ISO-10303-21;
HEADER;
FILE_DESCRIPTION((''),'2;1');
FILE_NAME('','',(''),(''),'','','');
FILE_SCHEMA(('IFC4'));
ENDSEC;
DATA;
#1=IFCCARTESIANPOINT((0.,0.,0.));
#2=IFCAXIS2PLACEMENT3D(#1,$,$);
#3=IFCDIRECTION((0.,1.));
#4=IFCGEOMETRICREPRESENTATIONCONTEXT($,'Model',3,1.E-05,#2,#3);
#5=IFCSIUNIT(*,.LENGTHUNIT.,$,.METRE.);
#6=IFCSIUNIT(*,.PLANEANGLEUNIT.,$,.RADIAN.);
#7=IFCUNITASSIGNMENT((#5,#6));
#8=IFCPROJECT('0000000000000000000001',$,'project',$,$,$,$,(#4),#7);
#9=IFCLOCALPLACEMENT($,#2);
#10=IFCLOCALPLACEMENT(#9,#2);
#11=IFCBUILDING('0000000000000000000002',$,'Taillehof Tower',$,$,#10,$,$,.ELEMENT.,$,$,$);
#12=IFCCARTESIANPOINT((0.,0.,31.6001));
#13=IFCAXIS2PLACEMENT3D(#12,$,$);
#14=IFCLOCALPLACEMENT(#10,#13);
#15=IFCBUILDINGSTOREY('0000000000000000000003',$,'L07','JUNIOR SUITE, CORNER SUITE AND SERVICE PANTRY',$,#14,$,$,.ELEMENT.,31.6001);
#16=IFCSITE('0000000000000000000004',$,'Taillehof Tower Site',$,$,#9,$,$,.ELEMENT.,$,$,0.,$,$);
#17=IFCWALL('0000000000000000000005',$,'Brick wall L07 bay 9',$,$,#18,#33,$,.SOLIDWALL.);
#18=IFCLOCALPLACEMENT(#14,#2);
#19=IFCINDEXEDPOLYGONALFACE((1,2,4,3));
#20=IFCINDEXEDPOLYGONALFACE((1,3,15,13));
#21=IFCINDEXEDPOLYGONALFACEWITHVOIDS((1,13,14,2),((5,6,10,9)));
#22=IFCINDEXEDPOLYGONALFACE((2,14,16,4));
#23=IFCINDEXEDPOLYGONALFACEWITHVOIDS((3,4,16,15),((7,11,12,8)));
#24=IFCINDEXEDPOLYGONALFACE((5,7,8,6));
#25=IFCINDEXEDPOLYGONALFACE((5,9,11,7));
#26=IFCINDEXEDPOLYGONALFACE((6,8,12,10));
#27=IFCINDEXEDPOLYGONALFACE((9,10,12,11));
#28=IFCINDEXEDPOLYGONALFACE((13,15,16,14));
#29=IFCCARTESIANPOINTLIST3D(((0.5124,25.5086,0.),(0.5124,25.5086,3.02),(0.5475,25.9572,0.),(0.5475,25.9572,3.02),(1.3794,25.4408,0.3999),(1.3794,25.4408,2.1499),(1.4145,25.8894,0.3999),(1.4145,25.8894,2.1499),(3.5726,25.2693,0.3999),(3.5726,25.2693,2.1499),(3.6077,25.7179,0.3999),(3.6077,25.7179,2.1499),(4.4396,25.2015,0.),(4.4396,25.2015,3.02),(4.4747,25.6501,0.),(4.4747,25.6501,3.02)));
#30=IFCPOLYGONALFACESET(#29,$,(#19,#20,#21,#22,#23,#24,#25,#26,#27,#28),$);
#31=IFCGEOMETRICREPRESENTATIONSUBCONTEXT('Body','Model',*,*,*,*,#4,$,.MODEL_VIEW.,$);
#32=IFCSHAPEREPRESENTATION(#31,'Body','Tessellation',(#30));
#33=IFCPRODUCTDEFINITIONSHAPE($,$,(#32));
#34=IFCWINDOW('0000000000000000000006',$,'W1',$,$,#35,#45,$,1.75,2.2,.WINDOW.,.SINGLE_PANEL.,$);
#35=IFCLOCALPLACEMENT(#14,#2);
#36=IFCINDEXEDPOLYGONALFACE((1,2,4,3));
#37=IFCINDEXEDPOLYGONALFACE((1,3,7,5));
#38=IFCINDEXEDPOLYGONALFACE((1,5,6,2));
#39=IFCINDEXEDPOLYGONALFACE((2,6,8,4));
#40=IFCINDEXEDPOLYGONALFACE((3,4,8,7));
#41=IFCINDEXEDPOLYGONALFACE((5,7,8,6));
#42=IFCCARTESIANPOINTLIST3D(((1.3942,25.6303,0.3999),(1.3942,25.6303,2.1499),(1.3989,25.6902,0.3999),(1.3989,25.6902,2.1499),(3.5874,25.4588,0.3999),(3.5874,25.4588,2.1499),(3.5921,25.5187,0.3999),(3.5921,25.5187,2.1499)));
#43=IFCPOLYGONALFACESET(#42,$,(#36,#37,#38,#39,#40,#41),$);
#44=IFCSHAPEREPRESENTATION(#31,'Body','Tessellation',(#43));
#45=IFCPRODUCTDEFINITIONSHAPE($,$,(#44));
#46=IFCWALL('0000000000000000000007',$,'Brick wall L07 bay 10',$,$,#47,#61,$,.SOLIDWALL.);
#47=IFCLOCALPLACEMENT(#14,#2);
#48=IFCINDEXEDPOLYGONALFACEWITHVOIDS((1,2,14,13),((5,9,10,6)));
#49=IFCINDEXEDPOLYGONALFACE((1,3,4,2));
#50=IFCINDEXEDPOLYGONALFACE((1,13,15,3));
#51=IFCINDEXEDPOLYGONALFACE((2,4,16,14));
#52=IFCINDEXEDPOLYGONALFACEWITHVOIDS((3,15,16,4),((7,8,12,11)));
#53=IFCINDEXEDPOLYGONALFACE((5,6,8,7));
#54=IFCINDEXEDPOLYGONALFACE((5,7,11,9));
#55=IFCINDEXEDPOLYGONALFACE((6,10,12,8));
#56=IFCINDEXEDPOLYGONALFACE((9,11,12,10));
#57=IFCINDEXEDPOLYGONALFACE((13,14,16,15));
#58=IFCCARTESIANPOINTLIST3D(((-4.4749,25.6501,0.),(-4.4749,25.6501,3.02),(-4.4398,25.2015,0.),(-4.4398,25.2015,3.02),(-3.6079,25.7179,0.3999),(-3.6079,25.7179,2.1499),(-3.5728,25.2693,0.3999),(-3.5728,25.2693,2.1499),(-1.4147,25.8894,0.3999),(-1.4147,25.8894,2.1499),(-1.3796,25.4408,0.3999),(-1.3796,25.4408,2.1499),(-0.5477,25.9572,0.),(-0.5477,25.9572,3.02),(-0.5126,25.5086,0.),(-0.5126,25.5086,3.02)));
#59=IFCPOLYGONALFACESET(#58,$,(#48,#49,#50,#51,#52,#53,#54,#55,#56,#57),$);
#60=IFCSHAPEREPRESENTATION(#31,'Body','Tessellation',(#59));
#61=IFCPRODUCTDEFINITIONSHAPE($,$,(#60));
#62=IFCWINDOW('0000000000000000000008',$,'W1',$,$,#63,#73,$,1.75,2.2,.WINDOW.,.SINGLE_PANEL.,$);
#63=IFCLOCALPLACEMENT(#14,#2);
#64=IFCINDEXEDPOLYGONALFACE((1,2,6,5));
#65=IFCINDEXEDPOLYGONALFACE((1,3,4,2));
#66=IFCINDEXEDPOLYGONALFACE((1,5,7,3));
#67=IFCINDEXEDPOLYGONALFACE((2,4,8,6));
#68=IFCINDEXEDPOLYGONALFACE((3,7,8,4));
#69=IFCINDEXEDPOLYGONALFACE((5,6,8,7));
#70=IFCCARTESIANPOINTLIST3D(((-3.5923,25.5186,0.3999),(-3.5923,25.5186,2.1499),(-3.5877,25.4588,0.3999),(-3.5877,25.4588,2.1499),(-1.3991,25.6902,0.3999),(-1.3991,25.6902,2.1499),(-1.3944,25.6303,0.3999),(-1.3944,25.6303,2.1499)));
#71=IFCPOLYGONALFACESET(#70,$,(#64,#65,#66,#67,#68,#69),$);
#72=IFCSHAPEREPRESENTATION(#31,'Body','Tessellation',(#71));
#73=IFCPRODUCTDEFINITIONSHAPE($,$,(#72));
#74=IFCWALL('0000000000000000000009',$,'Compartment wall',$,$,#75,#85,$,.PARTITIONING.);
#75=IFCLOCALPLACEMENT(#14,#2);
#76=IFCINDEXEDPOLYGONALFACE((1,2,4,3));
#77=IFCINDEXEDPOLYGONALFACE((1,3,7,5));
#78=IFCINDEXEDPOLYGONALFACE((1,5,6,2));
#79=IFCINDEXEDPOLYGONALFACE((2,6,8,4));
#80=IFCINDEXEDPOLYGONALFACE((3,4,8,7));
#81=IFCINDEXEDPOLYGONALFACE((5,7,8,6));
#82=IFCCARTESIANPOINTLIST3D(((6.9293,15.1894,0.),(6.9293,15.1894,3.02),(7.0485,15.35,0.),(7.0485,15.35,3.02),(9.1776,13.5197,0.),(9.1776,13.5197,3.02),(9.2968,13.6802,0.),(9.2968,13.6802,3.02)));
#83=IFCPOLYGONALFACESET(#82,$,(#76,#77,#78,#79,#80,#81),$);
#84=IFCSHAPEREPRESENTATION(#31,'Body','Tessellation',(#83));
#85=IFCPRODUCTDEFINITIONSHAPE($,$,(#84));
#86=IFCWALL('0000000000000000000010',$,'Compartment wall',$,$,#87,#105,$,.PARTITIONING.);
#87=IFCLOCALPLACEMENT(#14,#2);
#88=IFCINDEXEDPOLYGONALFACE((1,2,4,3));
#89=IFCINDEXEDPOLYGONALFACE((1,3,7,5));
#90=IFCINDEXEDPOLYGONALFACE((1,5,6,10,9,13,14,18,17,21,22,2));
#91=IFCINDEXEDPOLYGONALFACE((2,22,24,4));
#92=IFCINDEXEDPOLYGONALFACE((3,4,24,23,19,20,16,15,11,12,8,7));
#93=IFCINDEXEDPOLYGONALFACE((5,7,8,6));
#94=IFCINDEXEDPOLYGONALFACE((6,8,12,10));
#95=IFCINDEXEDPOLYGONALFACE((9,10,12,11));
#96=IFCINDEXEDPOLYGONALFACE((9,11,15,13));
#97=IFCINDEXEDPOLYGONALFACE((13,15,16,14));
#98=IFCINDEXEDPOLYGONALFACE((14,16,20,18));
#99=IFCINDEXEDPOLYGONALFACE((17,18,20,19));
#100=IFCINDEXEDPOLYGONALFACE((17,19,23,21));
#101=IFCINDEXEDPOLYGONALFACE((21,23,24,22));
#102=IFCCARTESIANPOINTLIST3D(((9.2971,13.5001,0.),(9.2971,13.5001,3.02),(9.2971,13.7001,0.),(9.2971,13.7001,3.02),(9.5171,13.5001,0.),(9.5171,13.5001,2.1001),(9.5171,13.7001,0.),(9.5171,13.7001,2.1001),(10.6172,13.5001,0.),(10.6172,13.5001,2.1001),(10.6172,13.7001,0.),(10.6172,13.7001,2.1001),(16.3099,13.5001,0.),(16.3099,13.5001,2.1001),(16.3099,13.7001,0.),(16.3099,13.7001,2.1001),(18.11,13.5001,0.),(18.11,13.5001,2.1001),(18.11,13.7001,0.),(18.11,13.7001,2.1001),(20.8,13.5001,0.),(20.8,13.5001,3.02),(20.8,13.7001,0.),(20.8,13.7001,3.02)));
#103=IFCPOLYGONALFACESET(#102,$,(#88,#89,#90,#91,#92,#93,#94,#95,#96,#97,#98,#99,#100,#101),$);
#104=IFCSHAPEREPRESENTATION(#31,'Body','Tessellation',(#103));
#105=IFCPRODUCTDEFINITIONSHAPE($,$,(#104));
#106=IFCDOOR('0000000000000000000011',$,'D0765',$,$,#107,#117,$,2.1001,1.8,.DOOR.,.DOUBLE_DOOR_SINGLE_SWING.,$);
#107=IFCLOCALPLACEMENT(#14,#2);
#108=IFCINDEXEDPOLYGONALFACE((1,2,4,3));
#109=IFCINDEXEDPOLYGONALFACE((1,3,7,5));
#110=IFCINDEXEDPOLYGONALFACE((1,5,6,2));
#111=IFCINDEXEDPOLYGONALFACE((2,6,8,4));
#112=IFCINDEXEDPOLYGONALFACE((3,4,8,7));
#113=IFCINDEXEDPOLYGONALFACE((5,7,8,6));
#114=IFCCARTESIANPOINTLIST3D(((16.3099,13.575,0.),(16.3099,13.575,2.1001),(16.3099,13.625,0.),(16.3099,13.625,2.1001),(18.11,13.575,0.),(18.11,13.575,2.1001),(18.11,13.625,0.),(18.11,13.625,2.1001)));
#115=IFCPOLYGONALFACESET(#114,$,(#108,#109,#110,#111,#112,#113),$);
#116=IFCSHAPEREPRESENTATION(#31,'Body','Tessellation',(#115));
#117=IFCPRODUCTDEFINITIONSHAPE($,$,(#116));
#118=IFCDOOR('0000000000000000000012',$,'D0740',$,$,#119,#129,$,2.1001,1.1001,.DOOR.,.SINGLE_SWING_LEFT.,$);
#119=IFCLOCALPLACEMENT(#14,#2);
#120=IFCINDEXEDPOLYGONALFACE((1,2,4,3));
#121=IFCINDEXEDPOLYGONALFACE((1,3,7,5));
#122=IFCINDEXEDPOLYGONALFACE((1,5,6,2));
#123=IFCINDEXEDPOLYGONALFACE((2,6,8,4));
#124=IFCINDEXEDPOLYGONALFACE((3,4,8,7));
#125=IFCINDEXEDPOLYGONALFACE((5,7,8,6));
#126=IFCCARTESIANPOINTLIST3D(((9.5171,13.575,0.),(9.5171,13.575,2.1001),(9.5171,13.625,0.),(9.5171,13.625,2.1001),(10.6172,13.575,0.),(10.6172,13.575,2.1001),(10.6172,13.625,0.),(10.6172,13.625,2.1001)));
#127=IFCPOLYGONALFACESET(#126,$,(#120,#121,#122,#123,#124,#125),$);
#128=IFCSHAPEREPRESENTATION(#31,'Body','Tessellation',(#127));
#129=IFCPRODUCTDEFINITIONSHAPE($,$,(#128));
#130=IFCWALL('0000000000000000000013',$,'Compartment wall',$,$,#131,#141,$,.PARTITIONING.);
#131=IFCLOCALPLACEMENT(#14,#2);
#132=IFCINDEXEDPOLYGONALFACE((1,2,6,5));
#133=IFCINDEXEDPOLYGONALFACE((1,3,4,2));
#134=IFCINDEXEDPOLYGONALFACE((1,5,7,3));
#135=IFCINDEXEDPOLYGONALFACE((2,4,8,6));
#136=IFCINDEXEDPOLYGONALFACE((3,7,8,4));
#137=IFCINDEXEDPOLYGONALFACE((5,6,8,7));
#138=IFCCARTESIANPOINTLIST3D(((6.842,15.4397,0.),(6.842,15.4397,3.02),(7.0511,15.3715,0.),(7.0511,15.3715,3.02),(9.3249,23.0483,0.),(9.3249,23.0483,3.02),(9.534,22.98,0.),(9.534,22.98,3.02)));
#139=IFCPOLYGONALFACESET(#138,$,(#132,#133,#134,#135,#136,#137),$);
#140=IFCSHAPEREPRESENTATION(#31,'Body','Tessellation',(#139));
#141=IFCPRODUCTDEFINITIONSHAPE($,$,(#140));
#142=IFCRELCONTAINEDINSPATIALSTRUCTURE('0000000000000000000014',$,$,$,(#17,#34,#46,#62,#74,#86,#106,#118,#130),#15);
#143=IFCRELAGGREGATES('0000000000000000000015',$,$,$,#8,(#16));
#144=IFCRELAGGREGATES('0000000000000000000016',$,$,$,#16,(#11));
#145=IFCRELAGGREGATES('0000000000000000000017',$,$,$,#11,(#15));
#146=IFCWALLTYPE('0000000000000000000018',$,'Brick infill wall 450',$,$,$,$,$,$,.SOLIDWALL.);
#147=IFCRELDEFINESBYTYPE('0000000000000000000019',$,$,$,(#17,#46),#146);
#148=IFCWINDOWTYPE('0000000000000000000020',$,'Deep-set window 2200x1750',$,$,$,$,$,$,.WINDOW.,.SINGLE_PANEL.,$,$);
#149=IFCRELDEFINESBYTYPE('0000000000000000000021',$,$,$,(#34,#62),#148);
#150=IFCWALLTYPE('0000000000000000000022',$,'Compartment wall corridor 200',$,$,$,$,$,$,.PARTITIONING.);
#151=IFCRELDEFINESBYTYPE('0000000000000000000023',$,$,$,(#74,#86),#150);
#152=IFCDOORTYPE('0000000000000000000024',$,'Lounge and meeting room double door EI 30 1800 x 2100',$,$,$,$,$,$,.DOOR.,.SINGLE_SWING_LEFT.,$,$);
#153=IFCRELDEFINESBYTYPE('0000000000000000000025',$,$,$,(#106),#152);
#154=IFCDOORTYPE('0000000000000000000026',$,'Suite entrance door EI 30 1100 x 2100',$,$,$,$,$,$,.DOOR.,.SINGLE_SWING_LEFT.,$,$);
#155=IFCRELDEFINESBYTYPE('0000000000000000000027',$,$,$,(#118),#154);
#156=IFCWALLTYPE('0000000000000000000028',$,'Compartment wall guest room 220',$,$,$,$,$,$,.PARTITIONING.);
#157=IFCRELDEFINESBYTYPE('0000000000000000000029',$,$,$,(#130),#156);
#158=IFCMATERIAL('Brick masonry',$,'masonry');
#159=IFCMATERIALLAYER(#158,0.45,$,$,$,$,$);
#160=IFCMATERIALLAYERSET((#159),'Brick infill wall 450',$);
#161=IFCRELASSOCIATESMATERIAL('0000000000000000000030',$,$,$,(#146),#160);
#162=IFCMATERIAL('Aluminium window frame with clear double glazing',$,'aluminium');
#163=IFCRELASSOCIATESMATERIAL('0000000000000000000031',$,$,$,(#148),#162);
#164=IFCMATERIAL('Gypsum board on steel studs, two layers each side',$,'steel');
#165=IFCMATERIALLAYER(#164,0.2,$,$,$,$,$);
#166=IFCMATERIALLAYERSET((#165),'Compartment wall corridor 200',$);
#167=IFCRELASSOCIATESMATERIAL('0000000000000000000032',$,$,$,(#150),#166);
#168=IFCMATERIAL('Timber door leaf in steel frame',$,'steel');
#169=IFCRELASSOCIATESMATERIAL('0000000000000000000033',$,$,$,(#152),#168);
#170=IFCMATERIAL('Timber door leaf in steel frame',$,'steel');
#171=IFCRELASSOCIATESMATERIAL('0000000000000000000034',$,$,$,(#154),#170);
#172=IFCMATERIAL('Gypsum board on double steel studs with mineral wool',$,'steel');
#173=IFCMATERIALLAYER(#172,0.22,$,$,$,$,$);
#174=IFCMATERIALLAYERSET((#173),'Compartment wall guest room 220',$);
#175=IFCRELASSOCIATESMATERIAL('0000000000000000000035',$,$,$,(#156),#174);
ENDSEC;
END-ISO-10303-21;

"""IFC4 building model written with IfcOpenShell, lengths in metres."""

from ifc_helpers import new_model, si_unit, direction, frame, frame_2d, origin, place, context, subcontext, project, spatial, rectangle, extrude, material, layer, layer_set, type_object, element, fill, save


model = new_model("IFC4")

# Units and contexts
model_context = context("Model", 3, precision=1e-05, world=origin(), true_north=direction((0.0, 1.0)))
body_context = subcontext(model_context, "Body", "Model", "MODEL_VIEW")
ifc_project = project(units=[si_unit("LENGTHUNIT", "METRE"), si_unit("PLANEANGLEUNIT", "RADIAN")], contexts=[model_context])

# Site, building, storey
site_placement = place(None, origin())
site = spatial("IfcSite", under=ifc_project, at=site_placement, Name="Taillehof Tower Site", CompositionType="ELEMENT", RefElevation=0.0)
building_placement = place(site_placement, origin())
building = spatial("IfcBuilding", under=site, at=building_placement, Name="Taillehof Tower", CompositionType="ELEMENT")
storey_placement = place(building_placement, frame((0.0, 0.0, 31.6001)))
storey = spatial("IfcBuildingStorey", under=building, at=storey_placement, Name="L07", Description="JUNIOR SUITE, CORNER SUITE AND SERVICE PANTRY", CompositionType="ELEMENT", Elevation=31.6001)

# Walls, openings, windows
ifc_material_1 = material(Name="Brick masonry", Category="masonry")
ifc_layer_1 = layer(ifc_material_1, 0.45)
ifc_layer_set_1 = layer_set([ifc_layer_1], Name="Brick infill wall 450")
wall_type_1 = type_object("IfcWallType", Name="Brick infill wall 450", PredefinedType="SOLIDWALL", material=ifc_layer_set_1)
ifc_material_2 = material(Name="Aluminium window frame with clear double glazing", Category="aluminium")
window_type = type_object("IfcWindowType", Name="Deep-set window 2200x1750", PartitioningType="SINGLE_PANEL", PredefinedType="WINDOW", material=ifc_material_2)
wall_1_placement = place(storey_placement, frame((4.4573, 25.4258, 0.0), z_axis=(0.0, 0.0, 1.0), x_axis=(-0.996956, 0.077967, 0.0)))
wall_1 = element("IfcWall", 1, at=wall_1_placement, inside=storey, type_object=wall_type_1, Name="Brick wall L07 bay 9", PredefinedType="SOLIDWALL", context=body_context, shape_type="SweptSolid", body=[
    extrude(rectangle(XDim=3.9392, YDim=0.45, at=frame_2d((1.9697, 0.0))), origin(), (0.0, 0.0, 1.0), 3.02),
])
opening_1_placement = place(wall_1_placement, frame((0.8696, 0.0, 0.3999)))
opening_1 = element("IfcOpeningElement", 2, at=opening_1_placement, cuts=wall_1, PredefinedType="OPENING", context=body_context, shape_type="SweptSolid", body=[
    extrude(rectangle(XDim=2.2, YDim=1.75, at=frame_2d((1.1001, 0.875))), frame((0.0, 0.2349, 0.0), z_axis=(0.0, -1.0, 0.0), x_axis=(1.0, 0.0, 0.0)), (0.0, 0.0, 1.0), 0.47),
])
window_1_placement = place(opening_1_placement, origin())
window_1 = element("IfcWindow", 3, at=window_1_placement, inside=storey, type_object=window_type, Name="W1", OverallHeight=1.75, OverallWidth=2.2, PartitioningType="SINGLE_PANEL", PredefinedType="WINDOW", context=body_context, shape_type="SweptSolid", body=[
    extrude(rectangle(XDim=2.2, YDim=1.75, at=frame_2d((1.1001, 0.875))), frame((0.0, 0.0349, 0.0), z_axis=(0.0, -1.0, 0.0), x_axis=(1.0, 0.0, 0.0)), (0.0, 0.0, 1.0), 0.0601),
])
fill(opening_1, window_1)
wall_2_placement = place(storey_placement, frame((-0.53, 25.7329, 0.0), z_axis=(0.0, 0.0, 1.0), x_axis=(-0.996956, -0.077967, 0.0)))
wall_2 = element("IfcWall", 4, at=wall_2_placement, inside=storey, type_object=wall_type_1, Name="Brick wall L07 bay 10", PredefinedType="SOLIDWALL", context=body_context, shape_type="SweptSolid", body=[
    extrude(rectangle(XDim=3.9392, YDim=0.45, at=frame_2d((1.9697, 0.0))), origin(), (0.0, 0.0, 1.0), 3.02),
])
opening_2_placement = place(wall_2_placement, frame((0.8696, 0.0, 0.3999)))
opening_2 = element("IfcOpeningElement", 5, at=opening_2_placement, cuts=wall_2, PredefinedType="OPENING", context=body_context, shape_type="SweptSolid", body=[
    extrude(rectangle(XDim=2.2, YDim=1.75, at=frame_2d((1.1001, 0.875))), frame((0.0, 0.2349, 0.0), z_axis=(0.0, -1.0, 0.0), x_axis=(1.0, 0.0, 0.0)), (0.0, 0.0, 1.0), 0.47),
])
window_2_placement = place(opening_2_placement, origin())
window_2 = element("IfcWindow", 6, at=window_2_placement, inside=storey, type_object=window_type, Name="W1", OverallHeight=1.75, OverallWidth=2.2, PartitioningType="SINGLE_PANEL", PredefinedType="WINDOW", context=body_context, shape_type="SweptSolid", body=[
    extrude(rectangle(XDim=2.2, YDim=1.75, at=frame_2d((1.1001, 0.875))), frame((0.0, 0.0349, 0.0), z_axis=(0.0, -1.0, 0.0), x_axis=(1.0, 0.0, 0.0)), (0.0, 0.0, 1.0), 0.0601),
])
fill(opening_2, window_2)

# Wall
ifc_material_3 = material(Name="Gypsum board on steel studs, two layers each side", Category="steel")
ifc_layer_2 = layer(ifc_material_3, 0.2)
ifc_layer_set_2 = layer_set([ifc_layer_2], Name="Compartment wall corridor 200")
wall_type_2 = type_object("IfcWallType", Name="Compartment wall corridor 200", PredefinedType="PARTITIONING", material=ifc_layer_set_2)
wall_3_placement = place(storey_placement, frame((6.9888, 15.2698, 0.0), z_axis=(0.0, 0.0, 1.0), x_axis=(0.802826, -0.596213, 0.0)))
element("IfcWall", 7, at=wall_3_placement, inside=storey, type_object=wall_type_2, Name="Compartment wall", PredefinedType="PARTITIONING", context=body_context, shape_type="SweptSolid", body=[
    extrude(rectangle(XDim=2.8005, YDim=0.2, at=frame_2d((1.4004, 0.0))), origin(), (0.0, 0.0, 1.0), 3.02),
])

# Wall, openings, doors
wall_4_placement = place(storey_placement, frame((9.2971, 13.6001, 0.0), z_axis=(0.0, 0.0, 1.0), x_axis=(1.0, 0.0, 0.0)))
wall_4 = element("IfcWall", 8, at=wall_4_placement, inside=storey, type_object=wall_type_2, Name="Compartment wall", PredefinedType="PARTITIONING", context=body_context, shape_type="SweptSolid", body=[
    extrude(rectangle(XDim=11.5029, YDim=0.2, at=frame_2d((5.7515, 0.0))), origin(), (0.0, 0.0, 1.0), 3.02),
])
opening_3_placement = place(wall_4_placement, frame((0.22, 0.0, 0.0)))
opening_3 = element("IfcOpeningElement", 9, at=opening_3_placement, cuts=wall_4, PredefinedType="OPENING", context=body_context, shape_type="SweptSolid", body=[
    extrude(rectangle(XDim=1.1001, YDim=2.1001, at=frame_2d((0.55, 1.05))), frame((0.0, 0.1099, 0.0), z_axis=(0.0, -1.0, 0.0), x_axis=(1.0, 0.0, 0.0)), (0.0, 0.0, 1.0), 0.22),
])
opening_4_placement = place(wall_4_placement, frame((7.0129, 0.0, 0.0)))
opening_4 = element("IfcOpeningElement", 10, at=opening_4_placement, cuts=wall_4, PredefinedType="OPENING", context=body_context, shape_type="SweptSolid", body=[
    extrude(rectangle(XDim=1.8, YDim=2.1001, at=frame_2d((0.8999, 1.05))), frame((0.0, 0.1099, 0.0), z_axis=(0.0, -1.0, 0.0), x_axis=(1.0, 0.0, 0.0)), (0.0, 0.0, 1.0), 0.22),
])
ifc_material_4 = material(Name="Timber door leaf in steel frame", Category="steel")
door_type_1 = type_object("IfcDoorType", Name="Lounge and meeting room double door EI 30 1800 x 2100", OperationType="SINGLE_SWING_LEFT", PredefinedType="DOOR", material=ifc_material_4)
door_1_placement = place(opening_4_placement, origin())
door_1 = element("IfcDoor", 11, at=door_1_placement, inside=storey, type_object=door_type_1, Name="D0765", OperationType="DOUBLE_DOOR_SINGLE_SWING", OverallHeight=2.1001, OverallWidth=1.8, PredefinedType="DOOR", context=body_context, shape_type="SweptSolid", body=[
    extrude(rectangle(XDim=1.8, YDim=2.1001, at=frame_2d((0.8999, 1.05))), frame((0.0, 0.0249, 0.0), z_axis=(0.0, -1.0, 0.0), x_axis=(1.0, 0.0, 0.0)), (0.0, 0.0, 1.0), 0.05),
])
fill(opening_4, door_1)
ifc_material_5 = material(Name="Timber door leaf in steel frame", Category="steel")
door_type_2 = type_object("IfcDoorType", Name="Suite entrance door EI 30 1100 x 2100", OperationType="SINGLE_SWING_LEFT", PredefinedType="DOOR", material=ifc_material_5)
door_2_placement = place(opening_3_placement, origin())
door_2 = element("IfcDoor", 12, at=door_2_placement, inside=storey, type_object=door_type_2, Name="D0740", OperationType="SINGLE_SWING_LEFT", OverallHeight=2.1001, OverallWidth=1.1001, PredefinedType="DOOR", context=body_context, shape_type="SweptSolid", body=[
    extrude(rectangle(XDim=1.1001, YDim=2.1001, at=frame_2d((0.55, 1.05))), frame((0.0, 0.0249, 0.0), z_axis=(0.0, -1.0, 0.0), x_axis=(1.0, 0.0, 0.0)), (0.0, 0.0, 1.0), 0.05),
])
fill(opening_3, door_2)

# Wall
ifc_material_6 = material(Name="Gypsum board on double steel studs with mineral wool", Category="steel")
ifc_layer_3 = layer(ifc_material_6, 0.22)
ifc_layer_set_3 = layer_set([ifc_layer_3], Name="Compartment wall guest room 220")
wall_type_3 = type_object("IfcWallType", Name="Compartment wall guest room 220", PredefinedType="PARTITIONING", material=ifc_layer_set_3)
wall_5_placement = place(storey_placement, frame((9.4294, 23.0142, 0.0), z_axis=(0.0, 0.0, 1.0), x_axis=(-0.310227, -0.950662, 0.0)))
element("IfcWall", 13, at=wall_5_placement, inside=storey, type_object=wall_type_3, Name="Compartment wall", PredefinedType="PARTITIONING", context=body_context, shape_type="SweptSolid", body=[
    extrude(rectangle(XDim=8.0034, YDim=0.22, at=frame_2d((4.0017, 0.0))), origin(), (0.0, 0.0, 1.0), 3.02),
])

save(model, "model.ifc")
